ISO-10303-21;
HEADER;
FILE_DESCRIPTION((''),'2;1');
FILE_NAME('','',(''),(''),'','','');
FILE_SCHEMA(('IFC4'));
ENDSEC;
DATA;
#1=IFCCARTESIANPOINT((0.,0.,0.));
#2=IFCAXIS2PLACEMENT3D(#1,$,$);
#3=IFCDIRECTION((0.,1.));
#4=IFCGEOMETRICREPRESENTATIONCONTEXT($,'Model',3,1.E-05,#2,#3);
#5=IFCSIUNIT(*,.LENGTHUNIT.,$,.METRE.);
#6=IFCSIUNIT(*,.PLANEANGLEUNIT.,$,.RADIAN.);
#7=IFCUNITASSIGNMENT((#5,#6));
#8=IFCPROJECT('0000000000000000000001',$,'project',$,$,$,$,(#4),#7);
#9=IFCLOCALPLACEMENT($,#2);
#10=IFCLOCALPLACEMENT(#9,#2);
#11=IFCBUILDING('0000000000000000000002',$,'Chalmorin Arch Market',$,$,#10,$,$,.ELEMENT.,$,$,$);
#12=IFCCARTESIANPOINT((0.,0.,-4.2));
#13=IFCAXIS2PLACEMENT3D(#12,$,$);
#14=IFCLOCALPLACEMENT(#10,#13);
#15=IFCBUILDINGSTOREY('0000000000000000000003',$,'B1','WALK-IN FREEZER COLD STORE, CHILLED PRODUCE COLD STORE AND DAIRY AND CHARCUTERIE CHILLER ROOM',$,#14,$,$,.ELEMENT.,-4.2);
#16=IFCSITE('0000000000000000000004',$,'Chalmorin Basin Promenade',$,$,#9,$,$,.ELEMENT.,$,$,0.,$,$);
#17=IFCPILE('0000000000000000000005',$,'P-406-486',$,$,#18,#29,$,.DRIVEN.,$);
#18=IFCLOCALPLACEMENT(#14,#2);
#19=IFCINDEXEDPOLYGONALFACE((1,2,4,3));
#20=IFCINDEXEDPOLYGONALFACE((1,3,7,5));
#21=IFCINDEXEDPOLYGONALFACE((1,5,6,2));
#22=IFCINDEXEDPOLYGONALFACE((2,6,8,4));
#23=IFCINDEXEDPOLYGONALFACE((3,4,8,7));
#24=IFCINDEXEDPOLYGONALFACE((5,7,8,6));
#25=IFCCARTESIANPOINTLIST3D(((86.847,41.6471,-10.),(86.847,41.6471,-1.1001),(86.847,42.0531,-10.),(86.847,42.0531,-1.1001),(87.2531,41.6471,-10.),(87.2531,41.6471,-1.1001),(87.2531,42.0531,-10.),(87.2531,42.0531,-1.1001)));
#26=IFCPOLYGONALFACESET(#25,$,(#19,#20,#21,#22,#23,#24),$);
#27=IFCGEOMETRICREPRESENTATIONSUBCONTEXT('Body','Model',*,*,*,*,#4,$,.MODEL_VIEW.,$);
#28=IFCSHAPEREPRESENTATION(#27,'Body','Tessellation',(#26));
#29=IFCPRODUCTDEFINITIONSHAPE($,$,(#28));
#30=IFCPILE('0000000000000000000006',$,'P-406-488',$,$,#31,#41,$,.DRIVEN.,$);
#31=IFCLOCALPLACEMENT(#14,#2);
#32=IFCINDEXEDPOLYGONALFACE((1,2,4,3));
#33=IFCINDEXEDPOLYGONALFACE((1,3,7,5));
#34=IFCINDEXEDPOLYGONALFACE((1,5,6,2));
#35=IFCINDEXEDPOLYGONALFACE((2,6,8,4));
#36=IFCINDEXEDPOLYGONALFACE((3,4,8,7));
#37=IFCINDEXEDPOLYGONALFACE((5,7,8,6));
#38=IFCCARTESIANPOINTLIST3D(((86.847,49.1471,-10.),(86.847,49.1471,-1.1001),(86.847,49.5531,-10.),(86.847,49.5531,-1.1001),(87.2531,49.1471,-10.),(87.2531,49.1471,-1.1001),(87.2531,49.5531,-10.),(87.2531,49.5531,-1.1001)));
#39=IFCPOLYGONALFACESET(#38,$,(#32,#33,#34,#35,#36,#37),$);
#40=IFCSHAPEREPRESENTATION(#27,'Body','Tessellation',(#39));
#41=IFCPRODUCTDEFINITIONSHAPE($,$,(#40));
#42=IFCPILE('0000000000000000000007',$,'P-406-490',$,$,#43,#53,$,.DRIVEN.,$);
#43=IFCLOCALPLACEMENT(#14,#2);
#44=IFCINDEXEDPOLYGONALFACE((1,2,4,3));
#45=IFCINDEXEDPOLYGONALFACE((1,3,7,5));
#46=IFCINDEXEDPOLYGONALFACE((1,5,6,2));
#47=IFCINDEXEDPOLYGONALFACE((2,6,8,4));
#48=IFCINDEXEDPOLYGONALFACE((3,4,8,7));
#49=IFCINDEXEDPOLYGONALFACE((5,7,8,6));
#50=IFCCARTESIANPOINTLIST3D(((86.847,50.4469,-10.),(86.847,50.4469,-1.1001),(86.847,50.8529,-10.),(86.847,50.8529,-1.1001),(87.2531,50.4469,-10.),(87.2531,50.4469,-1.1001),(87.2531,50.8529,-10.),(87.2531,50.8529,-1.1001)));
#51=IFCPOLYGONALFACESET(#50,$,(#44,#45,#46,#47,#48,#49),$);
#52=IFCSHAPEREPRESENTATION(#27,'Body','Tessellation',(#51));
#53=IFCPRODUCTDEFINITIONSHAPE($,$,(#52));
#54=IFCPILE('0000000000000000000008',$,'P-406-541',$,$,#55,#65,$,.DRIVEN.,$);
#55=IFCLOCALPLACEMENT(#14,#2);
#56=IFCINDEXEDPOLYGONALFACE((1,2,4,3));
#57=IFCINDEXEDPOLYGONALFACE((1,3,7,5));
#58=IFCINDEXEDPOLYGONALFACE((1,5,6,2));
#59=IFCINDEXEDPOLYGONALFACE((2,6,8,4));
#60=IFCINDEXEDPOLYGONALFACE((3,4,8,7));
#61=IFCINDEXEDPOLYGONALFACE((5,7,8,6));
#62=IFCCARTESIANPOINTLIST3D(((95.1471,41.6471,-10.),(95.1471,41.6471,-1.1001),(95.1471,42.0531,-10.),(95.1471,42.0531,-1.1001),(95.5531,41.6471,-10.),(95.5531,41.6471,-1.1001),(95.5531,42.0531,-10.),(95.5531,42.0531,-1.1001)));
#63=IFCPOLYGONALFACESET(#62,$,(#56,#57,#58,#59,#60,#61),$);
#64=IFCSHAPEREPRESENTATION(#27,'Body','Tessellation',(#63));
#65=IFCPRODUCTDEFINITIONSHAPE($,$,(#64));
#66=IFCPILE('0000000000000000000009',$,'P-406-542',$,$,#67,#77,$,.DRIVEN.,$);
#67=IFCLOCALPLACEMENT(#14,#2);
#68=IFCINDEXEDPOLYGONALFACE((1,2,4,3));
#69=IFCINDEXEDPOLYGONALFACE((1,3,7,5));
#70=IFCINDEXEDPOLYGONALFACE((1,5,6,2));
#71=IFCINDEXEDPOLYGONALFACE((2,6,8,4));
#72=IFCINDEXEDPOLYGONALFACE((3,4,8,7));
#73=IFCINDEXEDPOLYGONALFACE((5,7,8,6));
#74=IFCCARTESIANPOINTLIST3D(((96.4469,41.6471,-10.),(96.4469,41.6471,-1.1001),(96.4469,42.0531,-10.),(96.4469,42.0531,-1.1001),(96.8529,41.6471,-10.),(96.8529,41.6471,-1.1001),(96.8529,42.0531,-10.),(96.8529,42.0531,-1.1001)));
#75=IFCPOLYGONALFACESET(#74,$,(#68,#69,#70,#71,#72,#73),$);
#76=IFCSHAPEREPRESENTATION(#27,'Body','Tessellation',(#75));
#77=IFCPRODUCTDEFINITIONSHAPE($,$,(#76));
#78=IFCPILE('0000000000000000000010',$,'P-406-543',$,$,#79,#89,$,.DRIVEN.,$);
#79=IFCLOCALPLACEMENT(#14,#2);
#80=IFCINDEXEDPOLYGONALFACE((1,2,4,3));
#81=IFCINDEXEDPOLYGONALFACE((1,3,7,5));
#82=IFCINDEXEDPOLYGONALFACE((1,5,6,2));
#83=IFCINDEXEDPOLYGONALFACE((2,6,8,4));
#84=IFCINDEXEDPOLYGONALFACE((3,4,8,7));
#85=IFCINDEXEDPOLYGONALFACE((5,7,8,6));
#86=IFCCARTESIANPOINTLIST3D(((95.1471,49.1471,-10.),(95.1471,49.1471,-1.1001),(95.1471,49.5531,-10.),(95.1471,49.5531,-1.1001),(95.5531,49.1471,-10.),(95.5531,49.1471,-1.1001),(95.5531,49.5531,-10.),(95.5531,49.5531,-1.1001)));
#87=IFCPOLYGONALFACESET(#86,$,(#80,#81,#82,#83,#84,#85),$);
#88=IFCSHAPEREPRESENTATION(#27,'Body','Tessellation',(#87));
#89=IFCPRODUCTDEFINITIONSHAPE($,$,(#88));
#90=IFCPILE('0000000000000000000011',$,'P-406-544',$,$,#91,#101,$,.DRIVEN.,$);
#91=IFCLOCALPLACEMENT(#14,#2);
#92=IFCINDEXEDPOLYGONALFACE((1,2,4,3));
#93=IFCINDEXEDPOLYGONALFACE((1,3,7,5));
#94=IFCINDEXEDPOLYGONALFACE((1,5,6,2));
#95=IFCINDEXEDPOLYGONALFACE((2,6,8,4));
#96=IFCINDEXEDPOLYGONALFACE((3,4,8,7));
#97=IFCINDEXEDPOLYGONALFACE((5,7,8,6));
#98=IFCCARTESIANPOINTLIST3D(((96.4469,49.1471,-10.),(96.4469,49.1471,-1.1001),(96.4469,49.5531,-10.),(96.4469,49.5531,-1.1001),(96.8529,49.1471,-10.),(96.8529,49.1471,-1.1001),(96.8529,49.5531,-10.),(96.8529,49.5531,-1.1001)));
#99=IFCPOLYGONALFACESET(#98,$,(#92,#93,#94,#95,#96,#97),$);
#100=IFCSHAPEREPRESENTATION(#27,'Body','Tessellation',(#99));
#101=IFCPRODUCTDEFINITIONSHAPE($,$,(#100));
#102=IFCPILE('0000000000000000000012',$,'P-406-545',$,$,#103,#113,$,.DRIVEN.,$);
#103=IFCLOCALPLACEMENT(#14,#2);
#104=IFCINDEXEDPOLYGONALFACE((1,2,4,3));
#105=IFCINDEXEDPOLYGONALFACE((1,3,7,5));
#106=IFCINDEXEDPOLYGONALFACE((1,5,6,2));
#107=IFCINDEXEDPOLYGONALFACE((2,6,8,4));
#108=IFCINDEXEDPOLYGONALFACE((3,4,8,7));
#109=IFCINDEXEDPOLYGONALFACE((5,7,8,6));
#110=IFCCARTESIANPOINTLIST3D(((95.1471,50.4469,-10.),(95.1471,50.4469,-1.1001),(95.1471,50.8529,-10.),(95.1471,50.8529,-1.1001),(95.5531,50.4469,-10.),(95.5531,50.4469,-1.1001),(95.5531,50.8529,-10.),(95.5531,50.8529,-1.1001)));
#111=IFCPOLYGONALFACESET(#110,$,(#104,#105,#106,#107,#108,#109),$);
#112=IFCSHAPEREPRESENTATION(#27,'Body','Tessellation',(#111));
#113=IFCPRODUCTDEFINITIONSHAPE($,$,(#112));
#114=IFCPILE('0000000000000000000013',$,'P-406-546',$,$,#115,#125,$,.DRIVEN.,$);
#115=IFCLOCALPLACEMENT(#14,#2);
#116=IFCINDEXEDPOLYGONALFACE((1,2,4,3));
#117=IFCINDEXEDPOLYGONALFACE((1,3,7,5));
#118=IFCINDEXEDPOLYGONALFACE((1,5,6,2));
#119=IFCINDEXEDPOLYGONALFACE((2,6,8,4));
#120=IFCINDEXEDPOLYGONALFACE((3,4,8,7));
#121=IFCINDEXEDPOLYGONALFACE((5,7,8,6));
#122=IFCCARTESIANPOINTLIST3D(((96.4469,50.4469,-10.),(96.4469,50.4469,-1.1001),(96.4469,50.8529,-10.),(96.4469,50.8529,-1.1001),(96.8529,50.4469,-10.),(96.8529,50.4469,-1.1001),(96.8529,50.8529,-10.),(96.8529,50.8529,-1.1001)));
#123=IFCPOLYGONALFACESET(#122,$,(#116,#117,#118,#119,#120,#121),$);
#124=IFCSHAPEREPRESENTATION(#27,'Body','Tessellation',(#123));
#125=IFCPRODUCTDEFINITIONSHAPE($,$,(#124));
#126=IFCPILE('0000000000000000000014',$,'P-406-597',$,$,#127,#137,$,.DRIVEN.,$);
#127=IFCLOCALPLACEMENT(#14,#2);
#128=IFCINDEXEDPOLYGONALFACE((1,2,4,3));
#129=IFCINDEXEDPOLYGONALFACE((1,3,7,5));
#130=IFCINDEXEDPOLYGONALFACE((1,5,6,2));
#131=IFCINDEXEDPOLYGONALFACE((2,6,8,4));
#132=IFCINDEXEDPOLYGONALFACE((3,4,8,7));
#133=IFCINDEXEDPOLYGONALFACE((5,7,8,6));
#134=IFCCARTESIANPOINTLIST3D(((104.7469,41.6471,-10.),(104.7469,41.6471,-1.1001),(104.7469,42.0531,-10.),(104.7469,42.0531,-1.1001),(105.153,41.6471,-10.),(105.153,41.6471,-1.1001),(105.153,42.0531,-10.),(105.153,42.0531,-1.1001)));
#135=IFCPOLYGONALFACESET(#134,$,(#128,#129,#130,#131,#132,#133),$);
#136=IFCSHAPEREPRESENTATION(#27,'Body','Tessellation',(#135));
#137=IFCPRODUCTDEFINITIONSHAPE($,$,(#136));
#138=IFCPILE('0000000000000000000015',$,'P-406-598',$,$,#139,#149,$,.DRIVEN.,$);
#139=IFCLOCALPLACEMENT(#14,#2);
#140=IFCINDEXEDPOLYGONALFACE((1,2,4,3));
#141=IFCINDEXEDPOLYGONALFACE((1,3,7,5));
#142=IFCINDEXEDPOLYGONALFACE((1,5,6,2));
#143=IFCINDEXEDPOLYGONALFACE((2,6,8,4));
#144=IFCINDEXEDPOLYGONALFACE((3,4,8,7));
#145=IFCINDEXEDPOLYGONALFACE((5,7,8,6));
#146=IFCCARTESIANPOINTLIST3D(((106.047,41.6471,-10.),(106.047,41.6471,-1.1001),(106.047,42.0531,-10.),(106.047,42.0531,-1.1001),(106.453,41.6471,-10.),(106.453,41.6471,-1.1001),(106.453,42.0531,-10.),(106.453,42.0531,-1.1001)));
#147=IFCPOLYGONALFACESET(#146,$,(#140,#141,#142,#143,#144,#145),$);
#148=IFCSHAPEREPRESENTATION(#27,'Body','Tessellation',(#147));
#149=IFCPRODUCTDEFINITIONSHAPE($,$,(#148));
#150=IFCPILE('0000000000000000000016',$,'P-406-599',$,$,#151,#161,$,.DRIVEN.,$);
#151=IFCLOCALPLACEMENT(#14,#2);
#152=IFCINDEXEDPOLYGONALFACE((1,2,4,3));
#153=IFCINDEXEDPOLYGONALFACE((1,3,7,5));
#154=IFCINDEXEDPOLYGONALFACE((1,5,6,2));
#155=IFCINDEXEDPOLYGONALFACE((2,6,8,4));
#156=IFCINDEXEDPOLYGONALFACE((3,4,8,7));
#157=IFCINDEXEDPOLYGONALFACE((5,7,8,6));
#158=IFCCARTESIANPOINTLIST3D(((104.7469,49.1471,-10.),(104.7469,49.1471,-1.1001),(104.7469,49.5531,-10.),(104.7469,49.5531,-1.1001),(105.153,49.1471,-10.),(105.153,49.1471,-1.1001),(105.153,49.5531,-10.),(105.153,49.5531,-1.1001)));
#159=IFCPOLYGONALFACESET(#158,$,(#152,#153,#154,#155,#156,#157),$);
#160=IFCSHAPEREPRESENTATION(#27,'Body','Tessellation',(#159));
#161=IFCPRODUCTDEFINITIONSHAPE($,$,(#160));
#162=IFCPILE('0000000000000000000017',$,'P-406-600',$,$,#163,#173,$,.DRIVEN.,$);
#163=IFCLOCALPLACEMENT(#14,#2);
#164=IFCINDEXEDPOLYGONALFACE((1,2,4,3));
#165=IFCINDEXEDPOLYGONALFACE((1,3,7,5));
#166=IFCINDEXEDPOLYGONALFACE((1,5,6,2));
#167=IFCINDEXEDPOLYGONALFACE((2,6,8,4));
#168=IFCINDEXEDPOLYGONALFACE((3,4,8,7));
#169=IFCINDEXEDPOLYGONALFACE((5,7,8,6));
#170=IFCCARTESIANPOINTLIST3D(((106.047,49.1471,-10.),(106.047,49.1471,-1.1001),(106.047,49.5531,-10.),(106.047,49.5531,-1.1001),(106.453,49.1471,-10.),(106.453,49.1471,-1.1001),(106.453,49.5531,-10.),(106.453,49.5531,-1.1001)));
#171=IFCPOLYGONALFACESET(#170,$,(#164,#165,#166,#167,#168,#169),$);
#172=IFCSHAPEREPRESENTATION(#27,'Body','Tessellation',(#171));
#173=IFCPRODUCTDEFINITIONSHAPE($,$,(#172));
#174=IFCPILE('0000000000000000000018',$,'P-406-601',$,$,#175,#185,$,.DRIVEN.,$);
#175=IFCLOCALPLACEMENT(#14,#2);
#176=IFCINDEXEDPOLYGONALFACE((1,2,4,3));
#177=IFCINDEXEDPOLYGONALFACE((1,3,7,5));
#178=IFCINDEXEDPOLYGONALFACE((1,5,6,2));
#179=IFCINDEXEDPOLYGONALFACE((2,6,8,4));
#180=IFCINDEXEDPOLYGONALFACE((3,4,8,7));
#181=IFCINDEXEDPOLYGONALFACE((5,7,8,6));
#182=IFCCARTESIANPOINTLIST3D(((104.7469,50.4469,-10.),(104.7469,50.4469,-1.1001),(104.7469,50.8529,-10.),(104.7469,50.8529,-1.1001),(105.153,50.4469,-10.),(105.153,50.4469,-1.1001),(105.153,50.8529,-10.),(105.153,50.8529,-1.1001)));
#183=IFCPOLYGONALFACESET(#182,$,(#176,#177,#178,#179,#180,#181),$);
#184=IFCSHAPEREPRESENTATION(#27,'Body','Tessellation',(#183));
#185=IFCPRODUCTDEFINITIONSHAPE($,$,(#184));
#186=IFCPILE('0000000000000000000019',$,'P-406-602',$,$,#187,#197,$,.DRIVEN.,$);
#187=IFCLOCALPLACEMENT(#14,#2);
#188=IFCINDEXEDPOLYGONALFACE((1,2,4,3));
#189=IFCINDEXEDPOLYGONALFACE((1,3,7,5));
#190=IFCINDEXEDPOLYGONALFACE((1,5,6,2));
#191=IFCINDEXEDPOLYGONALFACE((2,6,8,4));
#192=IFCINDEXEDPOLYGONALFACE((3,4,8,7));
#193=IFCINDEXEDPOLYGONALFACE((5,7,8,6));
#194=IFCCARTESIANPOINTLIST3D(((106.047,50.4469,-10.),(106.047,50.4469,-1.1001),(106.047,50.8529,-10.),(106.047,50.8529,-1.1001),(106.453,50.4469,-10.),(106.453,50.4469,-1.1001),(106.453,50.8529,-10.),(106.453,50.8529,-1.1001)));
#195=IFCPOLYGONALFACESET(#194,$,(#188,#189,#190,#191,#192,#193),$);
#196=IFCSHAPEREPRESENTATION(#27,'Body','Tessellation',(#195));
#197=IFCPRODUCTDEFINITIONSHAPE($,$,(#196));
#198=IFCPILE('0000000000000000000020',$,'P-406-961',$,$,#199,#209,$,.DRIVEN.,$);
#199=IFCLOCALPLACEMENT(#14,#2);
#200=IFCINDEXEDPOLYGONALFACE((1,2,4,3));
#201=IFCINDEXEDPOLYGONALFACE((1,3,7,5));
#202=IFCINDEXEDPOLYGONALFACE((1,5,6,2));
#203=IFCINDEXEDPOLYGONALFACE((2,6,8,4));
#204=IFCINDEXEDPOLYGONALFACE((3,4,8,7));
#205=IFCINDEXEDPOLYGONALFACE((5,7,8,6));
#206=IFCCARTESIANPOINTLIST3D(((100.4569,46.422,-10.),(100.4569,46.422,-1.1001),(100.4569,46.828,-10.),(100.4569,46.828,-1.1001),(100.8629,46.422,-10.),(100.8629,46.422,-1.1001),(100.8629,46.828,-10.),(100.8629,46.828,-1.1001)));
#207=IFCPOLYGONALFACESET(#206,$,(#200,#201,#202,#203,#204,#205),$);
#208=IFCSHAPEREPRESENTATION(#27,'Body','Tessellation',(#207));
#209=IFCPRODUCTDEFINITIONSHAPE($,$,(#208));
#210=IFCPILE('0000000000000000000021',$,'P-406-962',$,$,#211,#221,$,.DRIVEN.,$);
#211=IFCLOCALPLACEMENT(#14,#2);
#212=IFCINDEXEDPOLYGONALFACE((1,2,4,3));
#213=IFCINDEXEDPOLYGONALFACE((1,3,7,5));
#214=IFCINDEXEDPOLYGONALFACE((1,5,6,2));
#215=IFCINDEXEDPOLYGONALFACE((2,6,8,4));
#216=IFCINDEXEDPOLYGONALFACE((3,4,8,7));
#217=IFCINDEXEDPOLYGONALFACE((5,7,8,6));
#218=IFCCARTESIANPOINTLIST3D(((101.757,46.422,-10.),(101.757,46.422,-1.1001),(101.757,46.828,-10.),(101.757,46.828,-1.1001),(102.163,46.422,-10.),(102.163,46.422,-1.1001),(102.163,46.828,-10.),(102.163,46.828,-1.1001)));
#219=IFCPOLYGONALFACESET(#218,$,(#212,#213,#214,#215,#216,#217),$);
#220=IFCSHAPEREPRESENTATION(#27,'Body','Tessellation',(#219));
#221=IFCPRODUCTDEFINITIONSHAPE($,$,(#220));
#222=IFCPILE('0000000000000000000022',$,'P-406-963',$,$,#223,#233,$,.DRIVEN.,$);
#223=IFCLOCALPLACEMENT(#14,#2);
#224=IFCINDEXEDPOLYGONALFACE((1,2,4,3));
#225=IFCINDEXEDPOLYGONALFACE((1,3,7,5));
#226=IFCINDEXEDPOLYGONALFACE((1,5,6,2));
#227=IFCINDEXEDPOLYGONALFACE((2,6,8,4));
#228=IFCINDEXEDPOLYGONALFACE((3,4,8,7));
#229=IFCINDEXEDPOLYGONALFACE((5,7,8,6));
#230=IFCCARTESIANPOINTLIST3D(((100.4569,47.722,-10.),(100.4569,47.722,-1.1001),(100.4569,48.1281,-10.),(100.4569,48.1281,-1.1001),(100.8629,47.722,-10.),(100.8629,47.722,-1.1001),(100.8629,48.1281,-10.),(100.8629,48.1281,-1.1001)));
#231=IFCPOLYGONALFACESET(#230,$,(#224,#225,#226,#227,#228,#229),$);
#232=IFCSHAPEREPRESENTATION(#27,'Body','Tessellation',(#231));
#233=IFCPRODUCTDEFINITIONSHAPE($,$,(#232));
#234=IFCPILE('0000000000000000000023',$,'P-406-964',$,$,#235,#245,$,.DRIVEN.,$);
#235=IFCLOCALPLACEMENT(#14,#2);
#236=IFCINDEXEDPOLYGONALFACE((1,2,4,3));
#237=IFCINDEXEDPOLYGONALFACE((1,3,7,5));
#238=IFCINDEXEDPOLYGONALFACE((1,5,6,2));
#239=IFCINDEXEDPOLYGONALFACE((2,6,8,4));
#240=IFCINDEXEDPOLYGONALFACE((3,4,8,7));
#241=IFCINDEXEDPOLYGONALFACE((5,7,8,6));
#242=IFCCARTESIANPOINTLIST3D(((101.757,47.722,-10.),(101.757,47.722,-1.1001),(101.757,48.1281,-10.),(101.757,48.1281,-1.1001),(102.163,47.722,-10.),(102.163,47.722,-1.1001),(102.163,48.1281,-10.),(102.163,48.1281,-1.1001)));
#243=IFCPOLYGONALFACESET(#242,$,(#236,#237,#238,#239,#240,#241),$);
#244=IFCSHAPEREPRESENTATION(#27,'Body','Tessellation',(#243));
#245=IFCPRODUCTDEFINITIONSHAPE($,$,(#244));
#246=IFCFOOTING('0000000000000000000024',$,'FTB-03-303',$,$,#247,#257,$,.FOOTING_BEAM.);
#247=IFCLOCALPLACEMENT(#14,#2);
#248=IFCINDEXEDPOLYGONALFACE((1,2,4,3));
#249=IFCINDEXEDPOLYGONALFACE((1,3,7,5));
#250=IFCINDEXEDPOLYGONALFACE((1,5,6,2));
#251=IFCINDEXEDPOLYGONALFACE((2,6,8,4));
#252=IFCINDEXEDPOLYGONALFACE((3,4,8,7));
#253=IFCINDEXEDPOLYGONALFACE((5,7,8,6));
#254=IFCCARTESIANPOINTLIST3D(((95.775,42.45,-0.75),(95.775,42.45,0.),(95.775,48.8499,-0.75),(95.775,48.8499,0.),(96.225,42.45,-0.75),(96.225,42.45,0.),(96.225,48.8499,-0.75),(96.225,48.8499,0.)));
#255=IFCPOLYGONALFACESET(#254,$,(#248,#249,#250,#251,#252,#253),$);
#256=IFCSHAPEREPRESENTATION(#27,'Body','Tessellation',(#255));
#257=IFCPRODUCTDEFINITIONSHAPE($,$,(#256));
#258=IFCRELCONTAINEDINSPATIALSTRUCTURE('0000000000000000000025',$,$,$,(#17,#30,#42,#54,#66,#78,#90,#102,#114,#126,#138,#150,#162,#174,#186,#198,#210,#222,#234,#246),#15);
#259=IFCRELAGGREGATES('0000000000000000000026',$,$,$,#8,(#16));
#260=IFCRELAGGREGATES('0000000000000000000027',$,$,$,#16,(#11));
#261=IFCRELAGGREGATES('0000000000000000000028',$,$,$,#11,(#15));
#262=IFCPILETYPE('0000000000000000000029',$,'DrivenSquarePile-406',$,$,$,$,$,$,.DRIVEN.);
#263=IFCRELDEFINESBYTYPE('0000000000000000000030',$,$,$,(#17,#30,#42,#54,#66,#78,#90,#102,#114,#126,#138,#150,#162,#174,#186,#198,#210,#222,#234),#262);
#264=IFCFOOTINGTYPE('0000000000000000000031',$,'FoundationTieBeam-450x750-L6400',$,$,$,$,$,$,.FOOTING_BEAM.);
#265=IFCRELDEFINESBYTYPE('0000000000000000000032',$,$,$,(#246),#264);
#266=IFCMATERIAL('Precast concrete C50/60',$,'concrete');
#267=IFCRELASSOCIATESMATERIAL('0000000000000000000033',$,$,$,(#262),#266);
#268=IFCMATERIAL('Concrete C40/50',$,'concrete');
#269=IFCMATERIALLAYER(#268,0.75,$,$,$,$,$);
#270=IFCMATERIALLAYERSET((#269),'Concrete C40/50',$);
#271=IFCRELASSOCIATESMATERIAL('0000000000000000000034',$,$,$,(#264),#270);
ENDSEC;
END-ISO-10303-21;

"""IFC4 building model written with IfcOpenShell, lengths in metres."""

from ifc_helpers import new_model, si_unit, direction, frame, origin, origin_2d, place, context, subcontext, project, spatial, rectangle, extrude, material, layer, layer_set, material_profile, profile_set, type_object, element, save


model = new_model("IFC4")

# Units and contexts
model_context = context("Model", 3, precision=1e-05, world=origin(), true_north=direction((0.0, 1.0)))
body_context = subcontext(model_context, "Body", "Model", "MODEL_VIEW")
ifc_project = project(units=[si_unit("LENGTHUNIT", "METRE"), si_unit("PLANEANGLEUNIT", "RADIAN")], contexts=[model_context])

# Site, building, storey
site_placement = place(None, origin())
site = spatial("IfcSite", under=ifc_project, at=site_placement, Name="Chalmorin Basin Promenade", CompositionType="ELEMENT", RefElevation=0.0)
building_placement = place(site_placement, origin())
building = spatial("IfcBuilding", under=site, at=building_placement, Name="Chalmorin Arch Market", CompositionType="ELEMENT")
storey_placement = place(building_placement, frame((0.0, 0.0, -4.2)))
storey = spatial("IfcBuildingStorey", under=building, at=storey_placement, Name="B1", Description="WALK-IN FREEZER COLD STORE, CHILLED PRODUCE COLD STORE AND DAIRY AND CHARCUTERIE CHILLER ROOM", CompositionType="ELEMENT", Elevation=-4.2)

# Piles
ifc_material_1 = material(Name="Precast concrete C50/60", Category="concrete")
ifc_material_profile_1 = material_profile(ifc_material_1, rectangle(XDim=0.406, YDim=0.406, at=origin_2d()), Name="PPC406")
ifc_profile_set_1 = profile_set([ifc_material_profile_1], Name="Precast concrete C50/60")
pile_type = type_object("IfcPileType", Name="DrivenSquarePile-406", PredefinedType="DRIVEN", material=ifc_profile_set_1)
for number, where, z_axis, x_axis, name in (
    (1, (87.05, 41.8501, -1.1001), (0.0, 0.0, -1.0), (1.0, 0.0, 0.0), "P-406-486"),
    (2, (87.05, 49.3501, -1.1001), (0.0, 0.0, -1.0), (1.0, 0.0, 0.0), "P-406-488"),
    (3, (87.05, 50.6499, -1.1001), (0.0, 0.0, -1.0), (1.0, 0.0, 0.0), "P-406-490"),
    (4, (95.3501, 41.8501, -1.1001), (0.0, 0.0, -1.0), (1.0, 0.0, 0.0), "P-406-541"),
    (5, (96.6499, 41.8501, -1.1001), (0.0, 0.0, -1.0), (1.0, 0.0, 0.0), "P-406-542"),
    (6, (95.3501, 49.3501, -1.1001), (0.0, 0.0, -1.0), (1.0, 0.0, 0.0), "P-406-543"),
    (7, (96.6499, 49.3501, -1.1001), (0.0, 0.0, -1.0), (1.0, 0.0, 0.0), "P-406-544"),
    (8, (95.3501, 50.6499, -1.1001), (0.0, 0.0, -1.0), (1.0, 0.0, 0.0), "P-406-545"),
    (9, (96.6499, 50.6499, -1.1001), (0.0, 0.0, -1.0), (1.0, 0.0, 0.0), "P-406-546"),
    (10, (104.95, 41.8501, -1.1001), (0.0, 0.0, -1.0), (1.0, 0.0, 0.0), "P-406-597"),
    (11, (106.25, 41.8501, -1.1001), (0.0, 0.0, -1.0), (1.0, 0.0, 0.0), "P-406-598"),
    (12, (104.95, 49.3501, -1.1001), (0.0, 0.0, -1.0), (1.0, 0.0, 0.0), "P-406-599"),
    (13, (106.25, 49.3501, -1.1001), (0.0, 0.0, -1.0), (1.0, 0.0, 0.0), "P-406-600"),
    (14, (104.95, 50.6499, -1.1001), (0.0, 0.0, -1.0), (1.0, 0.0, 0.0), "P-406-601"),
    (15, (106.25, 50.6499, -1.1001), (0.0, 0.0, -1.0), (1.0, 0.0, 0.0), "P-406-602"),
    (16, (100.6599, 46.625, -1.1001), (0.0, 0.0, -1.0), (1.0, 0.0, 0.0), "P-406-961"),
    (17, (101.96, 46.625, -1.1001), (0.0, 0.0, -1.0), (1.0, 0.0, 0.0), "P-406-962"),
    (18, (100.6599, 47.925, -1.1001), (0.0, 0.0, -1.0), (1.0, 0.0, 0.0), "P-406-963"),
    (19, (101.96, 47.925, -1.1001), (0.0, 0.0, -1.0), (1.0, 0.0, 0.0), "P-406-964"),
):
    element("IfcPile", number, at=place(storey_placement, frame(where, z_axis=z_axis, x_axis=x_axis)), inside=storey, type_object=pile_type, Name=name, PredefinedType="DRIVEN", context=body_context, shape_type="SweptSolid", body=[
        extrude(rectangle(XDim=0.406, YDim=0.406, at=origin_2d()), origin(), (0.0, 0.0, 1.0), 8.8999),
    ])

# Footing
ifc_material_2 = material(Name="Concrete C40/50", Category="concrete")
ifc_layer_1 = layer(ifc_material_2, 0.75)
ifc_layer_set_1 = layer_set([ifc_layer_1], Name="Concrete C40/50")
footing_type_1 = type_object("IfcFootingType", Name="FoundationTieBeam-450x750-L6400", PredefinedType="FOOTING_BEAM", material=ifc_layer_set_1)
for number, where, z_axis, x_axis, name in (
    (20, (96.0, 45.6499, -0.75), (0.0, 0.0, 1.0), (0.0, 1.0, 0.0), "FTB-03-303"),
):
    element("IfcFooting", number, at=place(storey_placement, frame(where, z_axis=z_axis, x_axis=x_axis)), inside=storey, type_object=footing_type_1, Name=name, PredefinedType="FOOTING_BEAM", context=body_context, shape_type="SweptSolid", body=[
        extrude(rectangle(XDim=6.3999, YDim=0.45, at=origin_2d()), origin(), (0.0, 0.0, 1.0), 0.75),
    ])

save(model, "model.ifc")
